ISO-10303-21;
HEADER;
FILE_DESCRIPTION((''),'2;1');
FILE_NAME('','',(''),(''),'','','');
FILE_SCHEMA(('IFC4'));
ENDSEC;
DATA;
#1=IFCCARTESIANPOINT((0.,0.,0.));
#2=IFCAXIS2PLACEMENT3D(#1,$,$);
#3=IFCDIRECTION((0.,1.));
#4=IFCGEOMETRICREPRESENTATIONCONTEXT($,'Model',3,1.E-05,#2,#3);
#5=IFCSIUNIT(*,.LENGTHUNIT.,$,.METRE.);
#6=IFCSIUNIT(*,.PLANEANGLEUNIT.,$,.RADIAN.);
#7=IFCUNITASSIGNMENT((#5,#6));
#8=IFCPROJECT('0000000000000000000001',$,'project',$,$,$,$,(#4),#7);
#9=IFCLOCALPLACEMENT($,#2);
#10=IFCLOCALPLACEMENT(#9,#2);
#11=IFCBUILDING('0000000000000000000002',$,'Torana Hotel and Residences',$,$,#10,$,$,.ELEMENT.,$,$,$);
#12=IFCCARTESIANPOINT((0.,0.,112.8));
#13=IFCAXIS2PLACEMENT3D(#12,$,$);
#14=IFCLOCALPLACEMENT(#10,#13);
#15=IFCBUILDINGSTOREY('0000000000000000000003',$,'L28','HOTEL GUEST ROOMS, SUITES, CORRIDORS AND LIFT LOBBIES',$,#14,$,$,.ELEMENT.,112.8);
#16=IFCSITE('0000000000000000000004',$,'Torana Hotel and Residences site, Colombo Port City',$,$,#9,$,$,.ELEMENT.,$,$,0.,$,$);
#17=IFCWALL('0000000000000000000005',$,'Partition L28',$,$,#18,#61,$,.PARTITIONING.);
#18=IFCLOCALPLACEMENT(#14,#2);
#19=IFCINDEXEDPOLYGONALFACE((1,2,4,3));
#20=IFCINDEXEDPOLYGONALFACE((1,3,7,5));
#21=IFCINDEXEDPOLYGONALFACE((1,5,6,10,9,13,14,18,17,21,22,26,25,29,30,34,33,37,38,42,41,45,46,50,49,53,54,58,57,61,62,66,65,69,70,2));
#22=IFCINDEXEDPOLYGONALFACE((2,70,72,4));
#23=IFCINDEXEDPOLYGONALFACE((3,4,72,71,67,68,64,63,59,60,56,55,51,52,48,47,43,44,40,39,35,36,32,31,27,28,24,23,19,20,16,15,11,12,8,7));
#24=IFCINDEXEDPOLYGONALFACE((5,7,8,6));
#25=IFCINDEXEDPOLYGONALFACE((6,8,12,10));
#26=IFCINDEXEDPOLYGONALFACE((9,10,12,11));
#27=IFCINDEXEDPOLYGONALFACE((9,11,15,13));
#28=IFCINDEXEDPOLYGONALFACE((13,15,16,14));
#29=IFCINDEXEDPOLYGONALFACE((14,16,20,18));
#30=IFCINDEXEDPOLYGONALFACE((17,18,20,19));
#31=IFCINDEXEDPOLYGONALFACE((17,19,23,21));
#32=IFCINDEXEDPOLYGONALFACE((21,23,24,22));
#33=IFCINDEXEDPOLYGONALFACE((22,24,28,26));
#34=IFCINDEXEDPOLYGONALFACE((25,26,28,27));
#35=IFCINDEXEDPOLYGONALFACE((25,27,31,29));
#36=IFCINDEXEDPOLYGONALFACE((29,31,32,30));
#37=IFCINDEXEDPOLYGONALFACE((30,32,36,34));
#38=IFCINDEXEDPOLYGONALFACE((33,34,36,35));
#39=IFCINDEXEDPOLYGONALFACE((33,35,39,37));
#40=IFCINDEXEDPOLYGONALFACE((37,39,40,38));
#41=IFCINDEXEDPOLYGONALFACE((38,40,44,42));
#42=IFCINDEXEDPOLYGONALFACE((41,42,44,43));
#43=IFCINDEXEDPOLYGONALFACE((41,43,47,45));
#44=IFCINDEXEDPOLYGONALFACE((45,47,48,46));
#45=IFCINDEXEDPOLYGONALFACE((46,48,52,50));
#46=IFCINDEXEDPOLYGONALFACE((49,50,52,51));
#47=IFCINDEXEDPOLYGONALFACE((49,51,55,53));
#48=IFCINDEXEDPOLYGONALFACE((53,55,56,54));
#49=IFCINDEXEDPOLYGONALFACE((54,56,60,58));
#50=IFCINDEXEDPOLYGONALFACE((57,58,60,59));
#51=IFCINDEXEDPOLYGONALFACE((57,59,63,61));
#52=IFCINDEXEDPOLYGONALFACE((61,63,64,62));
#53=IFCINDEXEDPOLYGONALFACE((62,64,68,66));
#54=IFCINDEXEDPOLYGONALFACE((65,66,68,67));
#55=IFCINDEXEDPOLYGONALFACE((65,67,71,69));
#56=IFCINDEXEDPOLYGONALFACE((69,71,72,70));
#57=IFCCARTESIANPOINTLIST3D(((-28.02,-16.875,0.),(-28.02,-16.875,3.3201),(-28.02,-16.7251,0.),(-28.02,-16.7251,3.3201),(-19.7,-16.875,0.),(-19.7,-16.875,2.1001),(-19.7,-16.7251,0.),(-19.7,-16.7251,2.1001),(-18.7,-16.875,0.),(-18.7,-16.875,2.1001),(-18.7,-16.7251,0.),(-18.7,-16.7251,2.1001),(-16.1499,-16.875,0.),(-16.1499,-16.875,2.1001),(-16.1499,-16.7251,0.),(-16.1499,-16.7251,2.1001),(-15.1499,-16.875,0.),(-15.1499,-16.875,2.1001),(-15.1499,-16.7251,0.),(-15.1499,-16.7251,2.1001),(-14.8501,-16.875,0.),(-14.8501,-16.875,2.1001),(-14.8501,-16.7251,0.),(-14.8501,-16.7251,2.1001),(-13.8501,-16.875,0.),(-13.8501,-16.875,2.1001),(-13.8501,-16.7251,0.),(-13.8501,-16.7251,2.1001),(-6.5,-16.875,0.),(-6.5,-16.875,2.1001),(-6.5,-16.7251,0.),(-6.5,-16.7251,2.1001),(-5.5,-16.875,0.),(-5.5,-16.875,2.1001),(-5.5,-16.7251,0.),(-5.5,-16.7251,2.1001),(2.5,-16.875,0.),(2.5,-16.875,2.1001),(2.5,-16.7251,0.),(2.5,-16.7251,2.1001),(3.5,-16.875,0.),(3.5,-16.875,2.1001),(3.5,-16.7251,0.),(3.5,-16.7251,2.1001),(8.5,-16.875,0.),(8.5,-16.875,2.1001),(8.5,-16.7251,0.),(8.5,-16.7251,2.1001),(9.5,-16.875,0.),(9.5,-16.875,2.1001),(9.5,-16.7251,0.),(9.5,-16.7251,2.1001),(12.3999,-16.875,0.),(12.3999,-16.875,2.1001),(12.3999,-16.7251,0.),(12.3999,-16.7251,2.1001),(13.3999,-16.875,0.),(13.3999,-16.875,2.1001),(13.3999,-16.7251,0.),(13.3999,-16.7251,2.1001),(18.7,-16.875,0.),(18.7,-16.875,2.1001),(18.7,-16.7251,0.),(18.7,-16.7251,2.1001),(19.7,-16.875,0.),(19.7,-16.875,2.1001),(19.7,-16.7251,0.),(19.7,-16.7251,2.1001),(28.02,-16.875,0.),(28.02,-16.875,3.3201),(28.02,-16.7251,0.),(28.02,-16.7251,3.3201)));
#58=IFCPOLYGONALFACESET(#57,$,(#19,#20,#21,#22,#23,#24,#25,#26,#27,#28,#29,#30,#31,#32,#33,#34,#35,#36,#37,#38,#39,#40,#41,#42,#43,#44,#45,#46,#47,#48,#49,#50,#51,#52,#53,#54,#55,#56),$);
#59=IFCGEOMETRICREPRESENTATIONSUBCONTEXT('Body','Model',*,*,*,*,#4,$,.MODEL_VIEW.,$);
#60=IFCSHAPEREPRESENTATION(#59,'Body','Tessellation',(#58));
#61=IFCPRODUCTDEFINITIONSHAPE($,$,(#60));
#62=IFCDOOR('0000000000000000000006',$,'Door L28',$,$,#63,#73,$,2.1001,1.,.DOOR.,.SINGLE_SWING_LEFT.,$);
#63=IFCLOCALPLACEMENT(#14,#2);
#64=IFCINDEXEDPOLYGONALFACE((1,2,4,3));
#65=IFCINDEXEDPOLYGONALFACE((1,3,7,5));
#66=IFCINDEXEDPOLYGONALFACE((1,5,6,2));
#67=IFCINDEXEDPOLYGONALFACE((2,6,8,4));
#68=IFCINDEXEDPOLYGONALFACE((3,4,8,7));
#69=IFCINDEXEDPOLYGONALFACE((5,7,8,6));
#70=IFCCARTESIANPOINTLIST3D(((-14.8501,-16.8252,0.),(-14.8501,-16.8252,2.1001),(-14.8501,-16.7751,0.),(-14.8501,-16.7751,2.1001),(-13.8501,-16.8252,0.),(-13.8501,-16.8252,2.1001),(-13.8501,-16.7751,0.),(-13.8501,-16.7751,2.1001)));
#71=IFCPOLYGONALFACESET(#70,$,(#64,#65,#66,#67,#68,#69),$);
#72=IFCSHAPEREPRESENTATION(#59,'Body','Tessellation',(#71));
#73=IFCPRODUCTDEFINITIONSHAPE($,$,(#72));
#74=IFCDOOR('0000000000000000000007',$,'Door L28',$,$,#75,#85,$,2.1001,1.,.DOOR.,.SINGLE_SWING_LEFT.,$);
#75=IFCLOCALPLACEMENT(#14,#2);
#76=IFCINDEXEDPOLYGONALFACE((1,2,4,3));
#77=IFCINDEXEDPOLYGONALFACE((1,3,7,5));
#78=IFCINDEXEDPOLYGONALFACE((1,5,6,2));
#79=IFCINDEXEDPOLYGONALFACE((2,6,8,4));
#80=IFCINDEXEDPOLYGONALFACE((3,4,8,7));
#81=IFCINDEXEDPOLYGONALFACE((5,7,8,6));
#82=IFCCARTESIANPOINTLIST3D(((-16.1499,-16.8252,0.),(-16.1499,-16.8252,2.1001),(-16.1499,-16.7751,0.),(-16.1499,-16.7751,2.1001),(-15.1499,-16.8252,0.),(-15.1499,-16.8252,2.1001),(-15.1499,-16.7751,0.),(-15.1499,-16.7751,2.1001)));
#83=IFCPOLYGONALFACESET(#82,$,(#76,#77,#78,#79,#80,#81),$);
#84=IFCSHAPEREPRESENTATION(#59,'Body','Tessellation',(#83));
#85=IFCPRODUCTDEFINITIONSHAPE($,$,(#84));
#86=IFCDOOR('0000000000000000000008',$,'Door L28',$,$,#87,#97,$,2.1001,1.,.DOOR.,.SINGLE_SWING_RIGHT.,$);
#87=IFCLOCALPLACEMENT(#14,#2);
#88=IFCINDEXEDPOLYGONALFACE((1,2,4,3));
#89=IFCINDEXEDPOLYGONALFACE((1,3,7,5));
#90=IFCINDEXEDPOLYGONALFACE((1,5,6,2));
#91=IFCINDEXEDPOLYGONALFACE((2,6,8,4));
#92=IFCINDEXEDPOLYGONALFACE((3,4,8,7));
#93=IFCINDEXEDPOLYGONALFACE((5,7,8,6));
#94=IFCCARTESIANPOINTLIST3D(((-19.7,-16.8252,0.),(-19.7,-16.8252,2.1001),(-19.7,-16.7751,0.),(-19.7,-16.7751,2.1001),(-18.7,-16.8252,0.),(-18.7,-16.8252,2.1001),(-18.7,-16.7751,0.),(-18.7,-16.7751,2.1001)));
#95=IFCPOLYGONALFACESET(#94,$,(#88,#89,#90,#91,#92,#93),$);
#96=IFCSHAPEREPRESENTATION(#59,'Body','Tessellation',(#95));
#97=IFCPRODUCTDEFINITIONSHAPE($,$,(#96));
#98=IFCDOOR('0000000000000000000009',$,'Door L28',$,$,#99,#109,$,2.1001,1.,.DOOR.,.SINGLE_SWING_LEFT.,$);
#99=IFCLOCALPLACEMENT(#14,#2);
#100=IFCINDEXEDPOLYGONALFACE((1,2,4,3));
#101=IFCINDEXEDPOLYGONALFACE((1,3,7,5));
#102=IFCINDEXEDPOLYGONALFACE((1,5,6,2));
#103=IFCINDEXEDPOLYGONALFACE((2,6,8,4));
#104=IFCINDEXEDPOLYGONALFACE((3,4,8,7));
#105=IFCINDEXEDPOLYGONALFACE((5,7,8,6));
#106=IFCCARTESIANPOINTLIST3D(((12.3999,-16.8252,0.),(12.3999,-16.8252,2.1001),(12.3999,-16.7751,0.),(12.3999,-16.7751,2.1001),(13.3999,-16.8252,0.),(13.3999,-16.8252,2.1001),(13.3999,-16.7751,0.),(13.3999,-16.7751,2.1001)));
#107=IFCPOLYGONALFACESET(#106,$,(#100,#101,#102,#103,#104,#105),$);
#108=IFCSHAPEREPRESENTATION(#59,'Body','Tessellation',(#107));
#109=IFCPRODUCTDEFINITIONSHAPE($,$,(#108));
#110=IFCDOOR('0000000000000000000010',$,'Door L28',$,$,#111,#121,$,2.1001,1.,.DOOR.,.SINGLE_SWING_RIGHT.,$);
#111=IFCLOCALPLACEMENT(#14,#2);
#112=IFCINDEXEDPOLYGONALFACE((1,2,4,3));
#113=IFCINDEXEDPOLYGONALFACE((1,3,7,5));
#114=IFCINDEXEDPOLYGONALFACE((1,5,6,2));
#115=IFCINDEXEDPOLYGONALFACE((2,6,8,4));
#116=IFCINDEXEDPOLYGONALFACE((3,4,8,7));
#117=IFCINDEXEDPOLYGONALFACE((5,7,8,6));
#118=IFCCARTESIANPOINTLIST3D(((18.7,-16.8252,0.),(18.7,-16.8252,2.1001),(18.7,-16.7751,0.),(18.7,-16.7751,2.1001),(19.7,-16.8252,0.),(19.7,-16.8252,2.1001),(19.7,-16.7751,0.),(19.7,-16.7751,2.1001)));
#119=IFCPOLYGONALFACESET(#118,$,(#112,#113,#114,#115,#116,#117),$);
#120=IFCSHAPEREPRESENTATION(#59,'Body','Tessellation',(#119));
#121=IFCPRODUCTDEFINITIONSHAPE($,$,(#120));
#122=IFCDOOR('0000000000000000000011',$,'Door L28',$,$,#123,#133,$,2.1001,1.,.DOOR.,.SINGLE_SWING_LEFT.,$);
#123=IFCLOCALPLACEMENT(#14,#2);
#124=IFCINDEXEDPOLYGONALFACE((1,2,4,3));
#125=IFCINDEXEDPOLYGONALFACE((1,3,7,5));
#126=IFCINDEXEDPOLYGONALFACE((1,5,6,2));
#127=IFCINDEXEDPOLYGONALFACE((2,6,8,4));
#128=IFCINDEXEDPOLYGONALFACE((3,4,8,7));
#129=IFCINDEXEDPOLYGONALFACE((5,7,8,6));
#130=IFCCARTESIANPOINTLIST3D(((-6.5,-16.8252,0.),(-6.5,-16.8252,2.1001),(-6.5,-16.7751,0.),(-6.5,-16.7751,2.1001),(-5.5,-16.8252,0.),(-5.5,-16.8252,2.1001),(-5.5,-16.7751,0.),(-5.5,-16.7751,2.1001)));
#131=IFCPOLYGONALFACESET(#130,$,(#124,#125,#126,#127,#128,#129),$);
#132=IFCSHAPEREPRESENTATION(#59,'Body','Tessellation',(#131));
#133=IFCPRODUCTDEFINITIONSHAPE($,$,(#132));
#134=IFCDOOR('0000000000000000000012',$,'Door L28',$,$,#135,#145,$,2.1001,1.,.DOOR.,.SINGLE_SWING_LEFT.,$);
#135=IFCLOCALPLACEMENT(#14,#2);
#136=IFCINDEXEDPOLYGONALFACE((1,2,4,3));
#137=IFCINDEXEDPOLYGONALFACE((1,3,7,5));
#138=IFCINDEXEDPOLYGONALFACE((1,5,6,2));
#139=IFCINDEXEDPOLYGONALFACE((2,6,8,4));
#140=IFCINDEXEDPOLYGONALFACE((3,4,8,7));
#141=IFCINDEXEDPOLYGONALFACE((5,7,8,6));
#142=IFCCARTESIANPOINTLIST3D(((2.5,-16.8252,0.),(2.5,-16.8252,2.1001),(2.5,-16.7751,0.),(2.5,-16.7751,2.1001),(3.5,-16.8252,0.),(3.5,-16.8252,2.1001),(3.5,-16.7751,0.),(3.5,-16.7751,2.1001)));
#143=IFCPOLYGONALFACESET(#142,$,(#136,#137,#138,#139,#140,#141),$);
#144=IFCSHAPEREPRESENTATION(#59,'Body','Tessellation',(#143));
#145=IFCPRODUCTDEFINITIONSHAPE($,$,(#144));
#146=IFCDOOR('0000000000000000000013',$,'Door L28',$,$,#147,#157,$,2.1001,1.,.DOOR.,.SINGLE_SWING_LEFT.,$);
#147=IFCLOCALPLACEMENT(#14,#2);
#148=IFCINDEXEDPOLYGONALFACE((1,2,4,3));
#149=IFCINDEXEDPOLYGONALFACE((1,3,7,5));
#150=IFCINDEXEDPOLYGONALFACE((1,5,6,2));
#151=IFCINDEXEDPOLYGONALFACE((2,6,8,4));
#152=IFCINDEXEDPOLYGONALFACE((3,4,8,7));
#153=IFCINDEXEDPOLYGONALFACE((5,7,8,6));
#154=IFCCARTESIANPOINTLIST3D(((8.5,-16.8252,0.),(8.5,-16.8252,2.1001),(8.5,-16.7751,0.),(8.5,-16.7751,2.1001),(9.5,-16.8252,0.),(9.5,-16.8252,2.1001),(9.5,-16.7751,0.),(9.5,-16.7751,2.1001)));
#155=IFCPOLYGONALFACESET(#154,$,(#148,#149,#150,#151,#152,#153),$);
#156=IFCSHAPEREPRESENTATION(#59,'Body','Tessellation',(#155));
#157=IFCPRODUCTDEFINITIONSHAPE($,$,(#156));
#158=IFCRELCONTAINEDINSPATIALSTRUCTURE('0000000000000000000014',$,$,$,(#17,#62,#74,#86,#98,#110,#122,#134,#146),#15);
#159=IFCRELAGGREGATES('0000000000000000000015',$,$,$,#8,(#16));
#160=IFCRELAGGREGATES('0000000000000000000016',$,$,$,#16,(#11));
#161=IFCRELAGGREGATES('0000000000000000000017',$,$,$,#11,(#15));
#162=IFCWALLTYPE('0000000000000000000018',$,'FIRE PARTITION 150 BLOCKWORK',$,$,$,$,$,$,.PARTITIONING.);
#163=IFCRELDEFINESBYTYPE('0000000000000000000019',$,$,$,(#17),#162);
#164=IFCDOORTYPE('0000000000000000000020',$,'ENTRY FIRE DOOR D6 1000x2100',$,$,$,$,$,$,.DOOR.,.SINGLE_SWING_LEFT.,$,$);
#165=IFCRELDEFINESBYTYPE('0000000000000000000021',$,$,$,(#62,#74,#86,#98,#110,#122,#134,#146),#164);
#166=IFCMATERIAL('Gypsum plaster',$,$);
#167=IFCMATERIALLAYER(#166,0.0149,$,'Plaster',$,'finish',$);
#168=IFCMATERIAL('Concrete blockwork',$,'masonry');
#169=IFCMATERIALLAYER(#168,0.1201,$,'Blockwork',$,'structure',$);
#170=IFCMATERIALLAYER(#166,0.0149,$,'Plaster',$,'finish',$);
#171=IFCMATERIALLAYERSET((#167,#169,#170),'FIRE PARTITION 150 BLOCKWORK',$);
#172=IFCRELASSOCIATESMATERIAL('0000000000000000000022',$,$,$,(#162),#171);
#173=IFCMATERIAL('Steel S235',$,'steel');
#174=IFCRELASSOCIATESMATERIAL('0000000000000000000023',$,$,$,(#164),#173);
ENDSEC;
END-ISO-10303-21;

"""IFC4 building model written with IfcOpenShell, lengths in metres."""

from ifc_helpers import new_model, si_unit, direction, frame, frame_2d, origin, place, context, subcontext, project, spatial, rectangle, extrude, material, layer, layer_set, type_object, element, fill, save


model = new_model("IFC4")

# Units and contexts
model_context = context("Model", 3, precision=1e-05, world=origin(), true_north=direction((0.0, 1.0)))
body_context = subcontext(model_context, "Body", "Model", "MODEL_VIEW")
ifc_project = project(units=[si_unit("LENGTHUNIT", "METRE"), si_unit("PLANEANGLEUNIT", "RADIAN")], contexts=[model_context])

# Site, building, storey
site_placement = place(None, origin())
site = spatial("IfcSite", under=ifc_project, at=site_placement, Name="Torana Hotel and Residences site, Colombo Port City", CompositionType="ELEMENT", RefElevation=0.0)
building_placement = place(site_placement, origin())
building = spatial("IfcBuilding", under=site, at=building_placement, Name="Torana Hotel and Residences", CompositionType="ELEMENT")
storey_placement = place(building_placement, frame((0.0, 0.0, 112.8)))
storey = spatial("IfcBuildingStorey", under=building, at=storey_placement, Name="L28", Description="HOTEL GUEST ROOMS, SUITES, CORRIDORS AND LIFT LOBBIES", CompositionType="ELEMENT", Elevation=112.8)

# Shared definitions
ifc_material_1 = material(Name="Gypsum plaster")
ifc_layer_1 = layer(ifc_material_1, 0.0149, Name="Plaster", Category="finish")
ifc_material_2 = material(Name="Concrete blockwork", Category="masonry")
ifc_layer_2 = layer(ifc_material_2, 0.1201, Name="Blockwork", Category="structure")
ifc_layer_3 = layer(ifc_material_1, 0.0149, Name="Plaster", Category="finish")
ifc_layer_set_1 = layer_set([ifc_layer_1, ifc_layer_2, ifc_layer_3], Name="FIRE PARTITION 150 BLOCKWORK")
wall_type_1 = type_object("IfcWallType", Name="FIRE PARTITION 150 BLOCKWORK", PredefinedType="PARTITIONING", material=ifc_layer_set_1)
ifc_material_3 = material(Name="Steel S235", Category="steel")
door_type_1 = type_object("IfcDoorType", Name="ENTRY FIRE DOOR D6 1000x2100", OperationType="SINGLE_SWING_LEFT", PredefinedType="DOOR", material=ifc_material_3)

# Wall, openings, doors
wall_1_placement = place(storey_placement, frame((-28.02, -16.8, 0.0), z_axis=(0.0, 0.0, 1.0), x_axis=(1.0, 0.0, 0.0)))
wall_1 = element("IfcWall", 1, at=wall_1_placement, inside=storey, type_object=wall_type_1, Name="Partition L28", PredefinedType="PARTITIONING", context=body_context, shape_type="SweptSolid", body=[
    extrude(rectangle(XDim=56.04, YDim=0.1499, at=frame_2d((28.02, 0.0))), origin(), (0.0, 0.0, 1.0), 3.3201),
])
opening_1_placement = place(wall_1_placement, frame((13.1699, 0.0, 0.0)))
opening_1 = element("IfcOpeningElement", 2, at=opening_1_placement, cuts=wall_1, PredefinedType="OPENING", context=body_context, shape_type="SweptSolid", body=[
    extrude(rectangle(XDim=1.0, YDim=2.1001, at=frame_2d((0.5, 1.05))), frame((0.0, 0.085, 0.0), z_axis=(0.0, -1.0, 0.0), x_axis=(1.0, 0.0, 0.0)), (0.0, 0.0, 1.0), 0.1699),
])
opening_2_placement = place(wall_1_placement, frame((11.8701, 0.0, 0.0)))
opening_2 = element("IfcOpeningElement", 3, at=opening_2_placement, cuts=wall_1, PredefinedType="OPENING", context=body_context, shape_type="SweptSolid", body=[
    extrude(rectangle(XDim=1.0, YDim=2.1001, at=frame_2d((0.5, 1.05))), frame((0.0, 0.085, 0.0), z_axis=(0.0, -1.0, 0.0), x_axis=(1.0, 0.0, 0.0)), (0.0, 0.0, 1.0), 0.1699),
])
opening_3_placement = place(wall_1_placement, frame((8.3201, 0.0, 0.0)))
opening_3 = element("IfcOpeningElement", 4, at=opening_3_placement, cuts=wall_1, PredefinedType="OPENING", context=body_context, shape_type="SweptSolid", body=[
    extrude(rectangle(XDim=1.0, YDim=2.1001, at=frame_2d((0.5, 1.05))), frame((0.0, 0.085, 0.0), z_axis=(0.0, -1.0, 0.0), x_axis=(1.0, 0.0, 0.0)), (0.0, 0.0, 1.0), 0.1699),
])
opening_4_placement = place(wall_1_placement, frame((40.4199, 0.0, 0.0)))
opening_4 = element("IfcOpeningElement", 5, at=opening_4_placement, cuts=wall_1, PredefinedType="OPENING", context=body_context, shape_type="SweptSolid", body=[
    extrude(rectangle(XDim=1.0, YDim=2.1001, at=frame_2d((0.5, 1.05))), frame((0.0, 0.085, 0.0), z_axis=(0.0, -1.0, 0.0), x_axis=(1.0, 0.0, 0.0)), (0.0, 0.0, 1.0), 0.1699),
])
opening_5_placement = place(wall_1_placement, frame((46.72, 0.0, 0.0)))
opening_5 = element("IfcOpeningElement", 6, at=opening_5_placement, cuts=wall_1, PredefinedType="OPENING", context=body_context, shape_type="SweptSolid", body=[
    extrude(rectangle(XDim=1.0, YDim=2.1001, at=frame_2d((0.5, 1.05))), frame((0.0, 0.085, 0.0), z_axis=(0.0, -1.0, 0.0), x_axis=(1.0, 0.0, 0.0)), (0.0, 0.0, 1.0), 0.1699),
])
opening_6_placement = place(wall_1_placement, frame((21.52, 0.0, 0.0)))
opening_6 = element("IfcOpeningElement", 7, at=opening_6_placement, cuts=wall_1, PredefinedType="OPENING", context=body_context, shape_type="SweptSolid", body=[
    extrude(rectangle(XDim=1.0, YDim=2.1001, at=frame_2d((0.5, 1.05))), frame((0.0, 0.085, 0.0), z_axis=(0.0, -1.0, 0.0), x_axis=(1.0, 0.0, 0.0)), (0.0, 0.0, 1.0), 0.1699),
])
opening_7_placement = place(wall_1_placement, frame((30.52, 0.0, 0.0)))
opening_7 = element("IfcOpeningElement", 8, at=opening_7_placement, cuts=wall_1, PredefinedType="OPENING", context=body_context, shape_type="SweptSolid", body=[
    extrude(rectangle(XDim=1.0, YDim=2.1001, at=frame_2d((0.5, 1.05))), frame((0.0, 0.085, 0.0), z_axis=(0.0, -1.0, 0.0), x_axis=(1.0, 0.0, 0.0)), (0.0, 0.0, 1.0), 0.1699),
])
opening_8_placement = place(wall_1_placement, frame((36.52, 0.0, 0.0)))
opening_8 = element("IfcOpeningElement", 9, at=opening_8_placement, cuts=wall_1, PredefinedType="OPENING", context=body_context, shape_type="SweptSolid", body=[
    extrude(rectangle(XDim=1.0, YDim=2.1001, at=frame_2d((0.5, 1.05))), frame((0.0, 0.085, 0.0), z_axis=(0.0, -1.0, 0.0), x_axis=(1.0, 0.0, 0.0)), (0.0, 0.0, 1.0), 0.1699),
])
door_1_placement = place(opening_1_placement, frame((0.5, 0.0, 0.0), z_axis=(0.0, 0.0, 1.0), x_axis=(-1.0, 0.0, 0.0)))
door_1 = element("IfcDoor", 10, at=door_1_placement, inside=storey, type_object=door_type_1, Name="Door L28", OperationType="SINGLE_SWING_LEFT", OverallHeight=2.1001, OverallWidth=1.0, PredefinedType="DOOR", context=body_context, shape_type="SweptSolid", body=[
    extrude(rectangle(XDim=1.0, YDim=2.1001, at=frame_2d((0.0, 1.05))), frame((0.0, -0.0249, 0.0), z_axis=(0.0, 1.0, 0.0), x_axis=(-1.0, 0.0, 0.0)), (0.0, 0.0, 1.0), 0.05),
])
fill(opening_1, door_1)
door_2_placement = place(opening_2_placement, frame((0.5, 0.0, 0.0), z_axis=(0.0, 0.0, 1.0), x_axis=(-1.0, 0.0, 0.0)))
door_2 = element("IfcDoor", 11, at=door_2_placement, inside=storey, type_object=door_type_1, Name="Door L28", OperationType="SINGLE_SWING_LEFT", OverallHeight=2.1001, OverallWidth=1.0, PredefinedType="DOOR", context=body_context, shape_type="SweptSolid", body=[
    extrude(rectangle(XDim=1.0, YDim=2.1001, at=frame_2d((0.0, 1.05))), frame((0.0, -0.0249, 0.0), z_axis=(0.0, 1.0, 0.0), x_axis=(-1.0, 0.0, 0.0)), (0.0, 0.0, 1.0), 0.05),
])
fill(opening_2, door_2)
door_3_placement = place(opening_3_placement, origin())
door_3 = element("IfcDoor", 12, at=door_3_placement, inside=storey, type_object=door_type_1, Name="Door L28", OperationType="SINGLE_SWING_RIGHT", OverallHeight=2.1001, OverallWidth=1.0, PredefinedType="DOOR", context=body_context, shape_type="SweptSolid", body=[
    extrude(rectangle(XDim=1.0, YDim=2.1001, at=frame_2d((0.5, 1.05))), frame((0.0, 0.0249, 0.0), z_axis=(0.0, -1.0, 0.0), x_axis=(1.0, 0.0, 0.0)), (0.0, 0.0, 1.0), 0.05),
])
fill(opening_3, door_3)
door_4_placement = place(opening_4_placement, frame((0.5, 0.0, 0.0), z_axis=(0.0, 0.0, 1.0), x_axis=(-1.0, 0.0, 0.0)))
door_4 = element("IfcDoor", 13, at=door_4_placement, inside=storey, type_object=door_type_1, Name="Door L28", OperationType="SINGLE_SWING_LEFT", OverallHeight=2.1001, OverallWidth=1.0, PredefinedType="DOOR", context=body_context, shape_type="SweptSolid", body=[
    extrude(rectangle(XDim=1.0, YDim=2.1001, at=frame_2d((0.0, 1.05))), frame((0.0, -0.0249, 0.0), z_axis=(0.0, 1.0, 0.0), x_axis=(-1.0, 0.0, 0.0)), (0.0, 0.0, 1.0), 0.05),
])
fill(opening_4, door_4)
door_5_placement = place(opening_5_placement, origin())
door_5 = element("IfcDoor", 14, at=door_5_placement, inside=storey, type_object=door_type_1, Name="Door L28", OperationType="SINGLE_SWING_RIGHT", OverallHeight=2.1001, OverallWidth=1.0, PredefinedType="DOOR", context=body_context, shape_type="SweptSolid", body=[
    extrude(rectangle(XDim=1.0, YDim=2.1001, at=frame_2d((0.5, 1.05))), frame((0.0, 0.0249, 0.0), z_axis=(0.0, -1.0, 0.0), x_axis=(1.0, 0.0, 0.0)), (0.0, 0.0, 1.0), 0.05),
])
fill(opening_5, door_5)
door_6_placement = place(opening_6_placement, frame((0.5, 0.0, 0.0), z_axis=(0.0, 0.0, 1.0), x_axis=(-1.0, 0.0, 0.0)))
door_6 = element("IfcDoor", 15, at=door_6_placement, inside=storey, type_object=door_type_1, Name="Door L28", OperationType="SINGLE_SWING_LEFT", OverallHeight=2.1001, OverallWidth=1.0, PredefinedType="DOOR", context=body_context, shape_type="SweptSolid", body=[
    extrude(rectangle(XDim=1.0, YDim=2.1001, at=frame_2d((0.0, 1.05))), frame((0.0, -0.0249, 0.0), z_axis=(0.0, 1.0, 0.0), x_axis=(-1.0, 0.0, 0.0)), (0.0, 0.0, 1.0), 0.05),
])
fill(opening_6, door_6)
door_7_placement = place(opening_7_placement, frame((0.5, 0.0, 0.0), z_axis=(0.0, 0.0, 1.0), x_axis=(-1.0, 0.0, 0.0)))
door_7 = element("IfcDoor", 16, at=door_7_placement, inside=storey, type_object=door_type_1, Name="Door L28", OperationType="SINGLE_SWING_LEFT", OverallHeight=2.1001, OverallWidth=1.0, PredefinedType="DOOR", context=body_context, shape_type="SweptSolid", body=[
    extrude(rectangle(XDim=1.0, YDim=2.1001, at=frame_2d((0.0, 1.05))), frame((0.0, -0.0249, 0.0), z_axis=(0.0, 1.0, 0.0), x_axis=(-1.0, 0.0, 0.0)), (0.0, 0.0, 1.0), 0.05),
])
fill(opening_7, door_7)
door_8_placement = place(opening_8_placement, frame((0.5, 0.0, 0.0), z_axis=(0.0, 0.0, 1.0), x_axis=(-1.0, 0.0, 0.0)))
door_8 = element("IfcDoor", 17, at=door_8_placement, inside=storey, type_object=door_type_1, Name="Door L28", OperationType="SINGLE_SWING_LEFT", OverallHeight=2.1001, OverallWidth=1.0, PredefinedType="DOOR", context=body_context, shape_type="SweptSolid", body=[
    extrude(rectangle(XDim=1.0, YDim=2.1001, at=frame_2d((0.0, 1.05))), frame((0.0, -0.0249, 0.0), z_axis=(0.0, 1.0, 0.0), x_axis=(-1.0, 0.0, 0.0)), (0.0, 0.0, 1.0), 0.05),
])
fill(opening_8, door_8)

save(model, "model.ifc")
